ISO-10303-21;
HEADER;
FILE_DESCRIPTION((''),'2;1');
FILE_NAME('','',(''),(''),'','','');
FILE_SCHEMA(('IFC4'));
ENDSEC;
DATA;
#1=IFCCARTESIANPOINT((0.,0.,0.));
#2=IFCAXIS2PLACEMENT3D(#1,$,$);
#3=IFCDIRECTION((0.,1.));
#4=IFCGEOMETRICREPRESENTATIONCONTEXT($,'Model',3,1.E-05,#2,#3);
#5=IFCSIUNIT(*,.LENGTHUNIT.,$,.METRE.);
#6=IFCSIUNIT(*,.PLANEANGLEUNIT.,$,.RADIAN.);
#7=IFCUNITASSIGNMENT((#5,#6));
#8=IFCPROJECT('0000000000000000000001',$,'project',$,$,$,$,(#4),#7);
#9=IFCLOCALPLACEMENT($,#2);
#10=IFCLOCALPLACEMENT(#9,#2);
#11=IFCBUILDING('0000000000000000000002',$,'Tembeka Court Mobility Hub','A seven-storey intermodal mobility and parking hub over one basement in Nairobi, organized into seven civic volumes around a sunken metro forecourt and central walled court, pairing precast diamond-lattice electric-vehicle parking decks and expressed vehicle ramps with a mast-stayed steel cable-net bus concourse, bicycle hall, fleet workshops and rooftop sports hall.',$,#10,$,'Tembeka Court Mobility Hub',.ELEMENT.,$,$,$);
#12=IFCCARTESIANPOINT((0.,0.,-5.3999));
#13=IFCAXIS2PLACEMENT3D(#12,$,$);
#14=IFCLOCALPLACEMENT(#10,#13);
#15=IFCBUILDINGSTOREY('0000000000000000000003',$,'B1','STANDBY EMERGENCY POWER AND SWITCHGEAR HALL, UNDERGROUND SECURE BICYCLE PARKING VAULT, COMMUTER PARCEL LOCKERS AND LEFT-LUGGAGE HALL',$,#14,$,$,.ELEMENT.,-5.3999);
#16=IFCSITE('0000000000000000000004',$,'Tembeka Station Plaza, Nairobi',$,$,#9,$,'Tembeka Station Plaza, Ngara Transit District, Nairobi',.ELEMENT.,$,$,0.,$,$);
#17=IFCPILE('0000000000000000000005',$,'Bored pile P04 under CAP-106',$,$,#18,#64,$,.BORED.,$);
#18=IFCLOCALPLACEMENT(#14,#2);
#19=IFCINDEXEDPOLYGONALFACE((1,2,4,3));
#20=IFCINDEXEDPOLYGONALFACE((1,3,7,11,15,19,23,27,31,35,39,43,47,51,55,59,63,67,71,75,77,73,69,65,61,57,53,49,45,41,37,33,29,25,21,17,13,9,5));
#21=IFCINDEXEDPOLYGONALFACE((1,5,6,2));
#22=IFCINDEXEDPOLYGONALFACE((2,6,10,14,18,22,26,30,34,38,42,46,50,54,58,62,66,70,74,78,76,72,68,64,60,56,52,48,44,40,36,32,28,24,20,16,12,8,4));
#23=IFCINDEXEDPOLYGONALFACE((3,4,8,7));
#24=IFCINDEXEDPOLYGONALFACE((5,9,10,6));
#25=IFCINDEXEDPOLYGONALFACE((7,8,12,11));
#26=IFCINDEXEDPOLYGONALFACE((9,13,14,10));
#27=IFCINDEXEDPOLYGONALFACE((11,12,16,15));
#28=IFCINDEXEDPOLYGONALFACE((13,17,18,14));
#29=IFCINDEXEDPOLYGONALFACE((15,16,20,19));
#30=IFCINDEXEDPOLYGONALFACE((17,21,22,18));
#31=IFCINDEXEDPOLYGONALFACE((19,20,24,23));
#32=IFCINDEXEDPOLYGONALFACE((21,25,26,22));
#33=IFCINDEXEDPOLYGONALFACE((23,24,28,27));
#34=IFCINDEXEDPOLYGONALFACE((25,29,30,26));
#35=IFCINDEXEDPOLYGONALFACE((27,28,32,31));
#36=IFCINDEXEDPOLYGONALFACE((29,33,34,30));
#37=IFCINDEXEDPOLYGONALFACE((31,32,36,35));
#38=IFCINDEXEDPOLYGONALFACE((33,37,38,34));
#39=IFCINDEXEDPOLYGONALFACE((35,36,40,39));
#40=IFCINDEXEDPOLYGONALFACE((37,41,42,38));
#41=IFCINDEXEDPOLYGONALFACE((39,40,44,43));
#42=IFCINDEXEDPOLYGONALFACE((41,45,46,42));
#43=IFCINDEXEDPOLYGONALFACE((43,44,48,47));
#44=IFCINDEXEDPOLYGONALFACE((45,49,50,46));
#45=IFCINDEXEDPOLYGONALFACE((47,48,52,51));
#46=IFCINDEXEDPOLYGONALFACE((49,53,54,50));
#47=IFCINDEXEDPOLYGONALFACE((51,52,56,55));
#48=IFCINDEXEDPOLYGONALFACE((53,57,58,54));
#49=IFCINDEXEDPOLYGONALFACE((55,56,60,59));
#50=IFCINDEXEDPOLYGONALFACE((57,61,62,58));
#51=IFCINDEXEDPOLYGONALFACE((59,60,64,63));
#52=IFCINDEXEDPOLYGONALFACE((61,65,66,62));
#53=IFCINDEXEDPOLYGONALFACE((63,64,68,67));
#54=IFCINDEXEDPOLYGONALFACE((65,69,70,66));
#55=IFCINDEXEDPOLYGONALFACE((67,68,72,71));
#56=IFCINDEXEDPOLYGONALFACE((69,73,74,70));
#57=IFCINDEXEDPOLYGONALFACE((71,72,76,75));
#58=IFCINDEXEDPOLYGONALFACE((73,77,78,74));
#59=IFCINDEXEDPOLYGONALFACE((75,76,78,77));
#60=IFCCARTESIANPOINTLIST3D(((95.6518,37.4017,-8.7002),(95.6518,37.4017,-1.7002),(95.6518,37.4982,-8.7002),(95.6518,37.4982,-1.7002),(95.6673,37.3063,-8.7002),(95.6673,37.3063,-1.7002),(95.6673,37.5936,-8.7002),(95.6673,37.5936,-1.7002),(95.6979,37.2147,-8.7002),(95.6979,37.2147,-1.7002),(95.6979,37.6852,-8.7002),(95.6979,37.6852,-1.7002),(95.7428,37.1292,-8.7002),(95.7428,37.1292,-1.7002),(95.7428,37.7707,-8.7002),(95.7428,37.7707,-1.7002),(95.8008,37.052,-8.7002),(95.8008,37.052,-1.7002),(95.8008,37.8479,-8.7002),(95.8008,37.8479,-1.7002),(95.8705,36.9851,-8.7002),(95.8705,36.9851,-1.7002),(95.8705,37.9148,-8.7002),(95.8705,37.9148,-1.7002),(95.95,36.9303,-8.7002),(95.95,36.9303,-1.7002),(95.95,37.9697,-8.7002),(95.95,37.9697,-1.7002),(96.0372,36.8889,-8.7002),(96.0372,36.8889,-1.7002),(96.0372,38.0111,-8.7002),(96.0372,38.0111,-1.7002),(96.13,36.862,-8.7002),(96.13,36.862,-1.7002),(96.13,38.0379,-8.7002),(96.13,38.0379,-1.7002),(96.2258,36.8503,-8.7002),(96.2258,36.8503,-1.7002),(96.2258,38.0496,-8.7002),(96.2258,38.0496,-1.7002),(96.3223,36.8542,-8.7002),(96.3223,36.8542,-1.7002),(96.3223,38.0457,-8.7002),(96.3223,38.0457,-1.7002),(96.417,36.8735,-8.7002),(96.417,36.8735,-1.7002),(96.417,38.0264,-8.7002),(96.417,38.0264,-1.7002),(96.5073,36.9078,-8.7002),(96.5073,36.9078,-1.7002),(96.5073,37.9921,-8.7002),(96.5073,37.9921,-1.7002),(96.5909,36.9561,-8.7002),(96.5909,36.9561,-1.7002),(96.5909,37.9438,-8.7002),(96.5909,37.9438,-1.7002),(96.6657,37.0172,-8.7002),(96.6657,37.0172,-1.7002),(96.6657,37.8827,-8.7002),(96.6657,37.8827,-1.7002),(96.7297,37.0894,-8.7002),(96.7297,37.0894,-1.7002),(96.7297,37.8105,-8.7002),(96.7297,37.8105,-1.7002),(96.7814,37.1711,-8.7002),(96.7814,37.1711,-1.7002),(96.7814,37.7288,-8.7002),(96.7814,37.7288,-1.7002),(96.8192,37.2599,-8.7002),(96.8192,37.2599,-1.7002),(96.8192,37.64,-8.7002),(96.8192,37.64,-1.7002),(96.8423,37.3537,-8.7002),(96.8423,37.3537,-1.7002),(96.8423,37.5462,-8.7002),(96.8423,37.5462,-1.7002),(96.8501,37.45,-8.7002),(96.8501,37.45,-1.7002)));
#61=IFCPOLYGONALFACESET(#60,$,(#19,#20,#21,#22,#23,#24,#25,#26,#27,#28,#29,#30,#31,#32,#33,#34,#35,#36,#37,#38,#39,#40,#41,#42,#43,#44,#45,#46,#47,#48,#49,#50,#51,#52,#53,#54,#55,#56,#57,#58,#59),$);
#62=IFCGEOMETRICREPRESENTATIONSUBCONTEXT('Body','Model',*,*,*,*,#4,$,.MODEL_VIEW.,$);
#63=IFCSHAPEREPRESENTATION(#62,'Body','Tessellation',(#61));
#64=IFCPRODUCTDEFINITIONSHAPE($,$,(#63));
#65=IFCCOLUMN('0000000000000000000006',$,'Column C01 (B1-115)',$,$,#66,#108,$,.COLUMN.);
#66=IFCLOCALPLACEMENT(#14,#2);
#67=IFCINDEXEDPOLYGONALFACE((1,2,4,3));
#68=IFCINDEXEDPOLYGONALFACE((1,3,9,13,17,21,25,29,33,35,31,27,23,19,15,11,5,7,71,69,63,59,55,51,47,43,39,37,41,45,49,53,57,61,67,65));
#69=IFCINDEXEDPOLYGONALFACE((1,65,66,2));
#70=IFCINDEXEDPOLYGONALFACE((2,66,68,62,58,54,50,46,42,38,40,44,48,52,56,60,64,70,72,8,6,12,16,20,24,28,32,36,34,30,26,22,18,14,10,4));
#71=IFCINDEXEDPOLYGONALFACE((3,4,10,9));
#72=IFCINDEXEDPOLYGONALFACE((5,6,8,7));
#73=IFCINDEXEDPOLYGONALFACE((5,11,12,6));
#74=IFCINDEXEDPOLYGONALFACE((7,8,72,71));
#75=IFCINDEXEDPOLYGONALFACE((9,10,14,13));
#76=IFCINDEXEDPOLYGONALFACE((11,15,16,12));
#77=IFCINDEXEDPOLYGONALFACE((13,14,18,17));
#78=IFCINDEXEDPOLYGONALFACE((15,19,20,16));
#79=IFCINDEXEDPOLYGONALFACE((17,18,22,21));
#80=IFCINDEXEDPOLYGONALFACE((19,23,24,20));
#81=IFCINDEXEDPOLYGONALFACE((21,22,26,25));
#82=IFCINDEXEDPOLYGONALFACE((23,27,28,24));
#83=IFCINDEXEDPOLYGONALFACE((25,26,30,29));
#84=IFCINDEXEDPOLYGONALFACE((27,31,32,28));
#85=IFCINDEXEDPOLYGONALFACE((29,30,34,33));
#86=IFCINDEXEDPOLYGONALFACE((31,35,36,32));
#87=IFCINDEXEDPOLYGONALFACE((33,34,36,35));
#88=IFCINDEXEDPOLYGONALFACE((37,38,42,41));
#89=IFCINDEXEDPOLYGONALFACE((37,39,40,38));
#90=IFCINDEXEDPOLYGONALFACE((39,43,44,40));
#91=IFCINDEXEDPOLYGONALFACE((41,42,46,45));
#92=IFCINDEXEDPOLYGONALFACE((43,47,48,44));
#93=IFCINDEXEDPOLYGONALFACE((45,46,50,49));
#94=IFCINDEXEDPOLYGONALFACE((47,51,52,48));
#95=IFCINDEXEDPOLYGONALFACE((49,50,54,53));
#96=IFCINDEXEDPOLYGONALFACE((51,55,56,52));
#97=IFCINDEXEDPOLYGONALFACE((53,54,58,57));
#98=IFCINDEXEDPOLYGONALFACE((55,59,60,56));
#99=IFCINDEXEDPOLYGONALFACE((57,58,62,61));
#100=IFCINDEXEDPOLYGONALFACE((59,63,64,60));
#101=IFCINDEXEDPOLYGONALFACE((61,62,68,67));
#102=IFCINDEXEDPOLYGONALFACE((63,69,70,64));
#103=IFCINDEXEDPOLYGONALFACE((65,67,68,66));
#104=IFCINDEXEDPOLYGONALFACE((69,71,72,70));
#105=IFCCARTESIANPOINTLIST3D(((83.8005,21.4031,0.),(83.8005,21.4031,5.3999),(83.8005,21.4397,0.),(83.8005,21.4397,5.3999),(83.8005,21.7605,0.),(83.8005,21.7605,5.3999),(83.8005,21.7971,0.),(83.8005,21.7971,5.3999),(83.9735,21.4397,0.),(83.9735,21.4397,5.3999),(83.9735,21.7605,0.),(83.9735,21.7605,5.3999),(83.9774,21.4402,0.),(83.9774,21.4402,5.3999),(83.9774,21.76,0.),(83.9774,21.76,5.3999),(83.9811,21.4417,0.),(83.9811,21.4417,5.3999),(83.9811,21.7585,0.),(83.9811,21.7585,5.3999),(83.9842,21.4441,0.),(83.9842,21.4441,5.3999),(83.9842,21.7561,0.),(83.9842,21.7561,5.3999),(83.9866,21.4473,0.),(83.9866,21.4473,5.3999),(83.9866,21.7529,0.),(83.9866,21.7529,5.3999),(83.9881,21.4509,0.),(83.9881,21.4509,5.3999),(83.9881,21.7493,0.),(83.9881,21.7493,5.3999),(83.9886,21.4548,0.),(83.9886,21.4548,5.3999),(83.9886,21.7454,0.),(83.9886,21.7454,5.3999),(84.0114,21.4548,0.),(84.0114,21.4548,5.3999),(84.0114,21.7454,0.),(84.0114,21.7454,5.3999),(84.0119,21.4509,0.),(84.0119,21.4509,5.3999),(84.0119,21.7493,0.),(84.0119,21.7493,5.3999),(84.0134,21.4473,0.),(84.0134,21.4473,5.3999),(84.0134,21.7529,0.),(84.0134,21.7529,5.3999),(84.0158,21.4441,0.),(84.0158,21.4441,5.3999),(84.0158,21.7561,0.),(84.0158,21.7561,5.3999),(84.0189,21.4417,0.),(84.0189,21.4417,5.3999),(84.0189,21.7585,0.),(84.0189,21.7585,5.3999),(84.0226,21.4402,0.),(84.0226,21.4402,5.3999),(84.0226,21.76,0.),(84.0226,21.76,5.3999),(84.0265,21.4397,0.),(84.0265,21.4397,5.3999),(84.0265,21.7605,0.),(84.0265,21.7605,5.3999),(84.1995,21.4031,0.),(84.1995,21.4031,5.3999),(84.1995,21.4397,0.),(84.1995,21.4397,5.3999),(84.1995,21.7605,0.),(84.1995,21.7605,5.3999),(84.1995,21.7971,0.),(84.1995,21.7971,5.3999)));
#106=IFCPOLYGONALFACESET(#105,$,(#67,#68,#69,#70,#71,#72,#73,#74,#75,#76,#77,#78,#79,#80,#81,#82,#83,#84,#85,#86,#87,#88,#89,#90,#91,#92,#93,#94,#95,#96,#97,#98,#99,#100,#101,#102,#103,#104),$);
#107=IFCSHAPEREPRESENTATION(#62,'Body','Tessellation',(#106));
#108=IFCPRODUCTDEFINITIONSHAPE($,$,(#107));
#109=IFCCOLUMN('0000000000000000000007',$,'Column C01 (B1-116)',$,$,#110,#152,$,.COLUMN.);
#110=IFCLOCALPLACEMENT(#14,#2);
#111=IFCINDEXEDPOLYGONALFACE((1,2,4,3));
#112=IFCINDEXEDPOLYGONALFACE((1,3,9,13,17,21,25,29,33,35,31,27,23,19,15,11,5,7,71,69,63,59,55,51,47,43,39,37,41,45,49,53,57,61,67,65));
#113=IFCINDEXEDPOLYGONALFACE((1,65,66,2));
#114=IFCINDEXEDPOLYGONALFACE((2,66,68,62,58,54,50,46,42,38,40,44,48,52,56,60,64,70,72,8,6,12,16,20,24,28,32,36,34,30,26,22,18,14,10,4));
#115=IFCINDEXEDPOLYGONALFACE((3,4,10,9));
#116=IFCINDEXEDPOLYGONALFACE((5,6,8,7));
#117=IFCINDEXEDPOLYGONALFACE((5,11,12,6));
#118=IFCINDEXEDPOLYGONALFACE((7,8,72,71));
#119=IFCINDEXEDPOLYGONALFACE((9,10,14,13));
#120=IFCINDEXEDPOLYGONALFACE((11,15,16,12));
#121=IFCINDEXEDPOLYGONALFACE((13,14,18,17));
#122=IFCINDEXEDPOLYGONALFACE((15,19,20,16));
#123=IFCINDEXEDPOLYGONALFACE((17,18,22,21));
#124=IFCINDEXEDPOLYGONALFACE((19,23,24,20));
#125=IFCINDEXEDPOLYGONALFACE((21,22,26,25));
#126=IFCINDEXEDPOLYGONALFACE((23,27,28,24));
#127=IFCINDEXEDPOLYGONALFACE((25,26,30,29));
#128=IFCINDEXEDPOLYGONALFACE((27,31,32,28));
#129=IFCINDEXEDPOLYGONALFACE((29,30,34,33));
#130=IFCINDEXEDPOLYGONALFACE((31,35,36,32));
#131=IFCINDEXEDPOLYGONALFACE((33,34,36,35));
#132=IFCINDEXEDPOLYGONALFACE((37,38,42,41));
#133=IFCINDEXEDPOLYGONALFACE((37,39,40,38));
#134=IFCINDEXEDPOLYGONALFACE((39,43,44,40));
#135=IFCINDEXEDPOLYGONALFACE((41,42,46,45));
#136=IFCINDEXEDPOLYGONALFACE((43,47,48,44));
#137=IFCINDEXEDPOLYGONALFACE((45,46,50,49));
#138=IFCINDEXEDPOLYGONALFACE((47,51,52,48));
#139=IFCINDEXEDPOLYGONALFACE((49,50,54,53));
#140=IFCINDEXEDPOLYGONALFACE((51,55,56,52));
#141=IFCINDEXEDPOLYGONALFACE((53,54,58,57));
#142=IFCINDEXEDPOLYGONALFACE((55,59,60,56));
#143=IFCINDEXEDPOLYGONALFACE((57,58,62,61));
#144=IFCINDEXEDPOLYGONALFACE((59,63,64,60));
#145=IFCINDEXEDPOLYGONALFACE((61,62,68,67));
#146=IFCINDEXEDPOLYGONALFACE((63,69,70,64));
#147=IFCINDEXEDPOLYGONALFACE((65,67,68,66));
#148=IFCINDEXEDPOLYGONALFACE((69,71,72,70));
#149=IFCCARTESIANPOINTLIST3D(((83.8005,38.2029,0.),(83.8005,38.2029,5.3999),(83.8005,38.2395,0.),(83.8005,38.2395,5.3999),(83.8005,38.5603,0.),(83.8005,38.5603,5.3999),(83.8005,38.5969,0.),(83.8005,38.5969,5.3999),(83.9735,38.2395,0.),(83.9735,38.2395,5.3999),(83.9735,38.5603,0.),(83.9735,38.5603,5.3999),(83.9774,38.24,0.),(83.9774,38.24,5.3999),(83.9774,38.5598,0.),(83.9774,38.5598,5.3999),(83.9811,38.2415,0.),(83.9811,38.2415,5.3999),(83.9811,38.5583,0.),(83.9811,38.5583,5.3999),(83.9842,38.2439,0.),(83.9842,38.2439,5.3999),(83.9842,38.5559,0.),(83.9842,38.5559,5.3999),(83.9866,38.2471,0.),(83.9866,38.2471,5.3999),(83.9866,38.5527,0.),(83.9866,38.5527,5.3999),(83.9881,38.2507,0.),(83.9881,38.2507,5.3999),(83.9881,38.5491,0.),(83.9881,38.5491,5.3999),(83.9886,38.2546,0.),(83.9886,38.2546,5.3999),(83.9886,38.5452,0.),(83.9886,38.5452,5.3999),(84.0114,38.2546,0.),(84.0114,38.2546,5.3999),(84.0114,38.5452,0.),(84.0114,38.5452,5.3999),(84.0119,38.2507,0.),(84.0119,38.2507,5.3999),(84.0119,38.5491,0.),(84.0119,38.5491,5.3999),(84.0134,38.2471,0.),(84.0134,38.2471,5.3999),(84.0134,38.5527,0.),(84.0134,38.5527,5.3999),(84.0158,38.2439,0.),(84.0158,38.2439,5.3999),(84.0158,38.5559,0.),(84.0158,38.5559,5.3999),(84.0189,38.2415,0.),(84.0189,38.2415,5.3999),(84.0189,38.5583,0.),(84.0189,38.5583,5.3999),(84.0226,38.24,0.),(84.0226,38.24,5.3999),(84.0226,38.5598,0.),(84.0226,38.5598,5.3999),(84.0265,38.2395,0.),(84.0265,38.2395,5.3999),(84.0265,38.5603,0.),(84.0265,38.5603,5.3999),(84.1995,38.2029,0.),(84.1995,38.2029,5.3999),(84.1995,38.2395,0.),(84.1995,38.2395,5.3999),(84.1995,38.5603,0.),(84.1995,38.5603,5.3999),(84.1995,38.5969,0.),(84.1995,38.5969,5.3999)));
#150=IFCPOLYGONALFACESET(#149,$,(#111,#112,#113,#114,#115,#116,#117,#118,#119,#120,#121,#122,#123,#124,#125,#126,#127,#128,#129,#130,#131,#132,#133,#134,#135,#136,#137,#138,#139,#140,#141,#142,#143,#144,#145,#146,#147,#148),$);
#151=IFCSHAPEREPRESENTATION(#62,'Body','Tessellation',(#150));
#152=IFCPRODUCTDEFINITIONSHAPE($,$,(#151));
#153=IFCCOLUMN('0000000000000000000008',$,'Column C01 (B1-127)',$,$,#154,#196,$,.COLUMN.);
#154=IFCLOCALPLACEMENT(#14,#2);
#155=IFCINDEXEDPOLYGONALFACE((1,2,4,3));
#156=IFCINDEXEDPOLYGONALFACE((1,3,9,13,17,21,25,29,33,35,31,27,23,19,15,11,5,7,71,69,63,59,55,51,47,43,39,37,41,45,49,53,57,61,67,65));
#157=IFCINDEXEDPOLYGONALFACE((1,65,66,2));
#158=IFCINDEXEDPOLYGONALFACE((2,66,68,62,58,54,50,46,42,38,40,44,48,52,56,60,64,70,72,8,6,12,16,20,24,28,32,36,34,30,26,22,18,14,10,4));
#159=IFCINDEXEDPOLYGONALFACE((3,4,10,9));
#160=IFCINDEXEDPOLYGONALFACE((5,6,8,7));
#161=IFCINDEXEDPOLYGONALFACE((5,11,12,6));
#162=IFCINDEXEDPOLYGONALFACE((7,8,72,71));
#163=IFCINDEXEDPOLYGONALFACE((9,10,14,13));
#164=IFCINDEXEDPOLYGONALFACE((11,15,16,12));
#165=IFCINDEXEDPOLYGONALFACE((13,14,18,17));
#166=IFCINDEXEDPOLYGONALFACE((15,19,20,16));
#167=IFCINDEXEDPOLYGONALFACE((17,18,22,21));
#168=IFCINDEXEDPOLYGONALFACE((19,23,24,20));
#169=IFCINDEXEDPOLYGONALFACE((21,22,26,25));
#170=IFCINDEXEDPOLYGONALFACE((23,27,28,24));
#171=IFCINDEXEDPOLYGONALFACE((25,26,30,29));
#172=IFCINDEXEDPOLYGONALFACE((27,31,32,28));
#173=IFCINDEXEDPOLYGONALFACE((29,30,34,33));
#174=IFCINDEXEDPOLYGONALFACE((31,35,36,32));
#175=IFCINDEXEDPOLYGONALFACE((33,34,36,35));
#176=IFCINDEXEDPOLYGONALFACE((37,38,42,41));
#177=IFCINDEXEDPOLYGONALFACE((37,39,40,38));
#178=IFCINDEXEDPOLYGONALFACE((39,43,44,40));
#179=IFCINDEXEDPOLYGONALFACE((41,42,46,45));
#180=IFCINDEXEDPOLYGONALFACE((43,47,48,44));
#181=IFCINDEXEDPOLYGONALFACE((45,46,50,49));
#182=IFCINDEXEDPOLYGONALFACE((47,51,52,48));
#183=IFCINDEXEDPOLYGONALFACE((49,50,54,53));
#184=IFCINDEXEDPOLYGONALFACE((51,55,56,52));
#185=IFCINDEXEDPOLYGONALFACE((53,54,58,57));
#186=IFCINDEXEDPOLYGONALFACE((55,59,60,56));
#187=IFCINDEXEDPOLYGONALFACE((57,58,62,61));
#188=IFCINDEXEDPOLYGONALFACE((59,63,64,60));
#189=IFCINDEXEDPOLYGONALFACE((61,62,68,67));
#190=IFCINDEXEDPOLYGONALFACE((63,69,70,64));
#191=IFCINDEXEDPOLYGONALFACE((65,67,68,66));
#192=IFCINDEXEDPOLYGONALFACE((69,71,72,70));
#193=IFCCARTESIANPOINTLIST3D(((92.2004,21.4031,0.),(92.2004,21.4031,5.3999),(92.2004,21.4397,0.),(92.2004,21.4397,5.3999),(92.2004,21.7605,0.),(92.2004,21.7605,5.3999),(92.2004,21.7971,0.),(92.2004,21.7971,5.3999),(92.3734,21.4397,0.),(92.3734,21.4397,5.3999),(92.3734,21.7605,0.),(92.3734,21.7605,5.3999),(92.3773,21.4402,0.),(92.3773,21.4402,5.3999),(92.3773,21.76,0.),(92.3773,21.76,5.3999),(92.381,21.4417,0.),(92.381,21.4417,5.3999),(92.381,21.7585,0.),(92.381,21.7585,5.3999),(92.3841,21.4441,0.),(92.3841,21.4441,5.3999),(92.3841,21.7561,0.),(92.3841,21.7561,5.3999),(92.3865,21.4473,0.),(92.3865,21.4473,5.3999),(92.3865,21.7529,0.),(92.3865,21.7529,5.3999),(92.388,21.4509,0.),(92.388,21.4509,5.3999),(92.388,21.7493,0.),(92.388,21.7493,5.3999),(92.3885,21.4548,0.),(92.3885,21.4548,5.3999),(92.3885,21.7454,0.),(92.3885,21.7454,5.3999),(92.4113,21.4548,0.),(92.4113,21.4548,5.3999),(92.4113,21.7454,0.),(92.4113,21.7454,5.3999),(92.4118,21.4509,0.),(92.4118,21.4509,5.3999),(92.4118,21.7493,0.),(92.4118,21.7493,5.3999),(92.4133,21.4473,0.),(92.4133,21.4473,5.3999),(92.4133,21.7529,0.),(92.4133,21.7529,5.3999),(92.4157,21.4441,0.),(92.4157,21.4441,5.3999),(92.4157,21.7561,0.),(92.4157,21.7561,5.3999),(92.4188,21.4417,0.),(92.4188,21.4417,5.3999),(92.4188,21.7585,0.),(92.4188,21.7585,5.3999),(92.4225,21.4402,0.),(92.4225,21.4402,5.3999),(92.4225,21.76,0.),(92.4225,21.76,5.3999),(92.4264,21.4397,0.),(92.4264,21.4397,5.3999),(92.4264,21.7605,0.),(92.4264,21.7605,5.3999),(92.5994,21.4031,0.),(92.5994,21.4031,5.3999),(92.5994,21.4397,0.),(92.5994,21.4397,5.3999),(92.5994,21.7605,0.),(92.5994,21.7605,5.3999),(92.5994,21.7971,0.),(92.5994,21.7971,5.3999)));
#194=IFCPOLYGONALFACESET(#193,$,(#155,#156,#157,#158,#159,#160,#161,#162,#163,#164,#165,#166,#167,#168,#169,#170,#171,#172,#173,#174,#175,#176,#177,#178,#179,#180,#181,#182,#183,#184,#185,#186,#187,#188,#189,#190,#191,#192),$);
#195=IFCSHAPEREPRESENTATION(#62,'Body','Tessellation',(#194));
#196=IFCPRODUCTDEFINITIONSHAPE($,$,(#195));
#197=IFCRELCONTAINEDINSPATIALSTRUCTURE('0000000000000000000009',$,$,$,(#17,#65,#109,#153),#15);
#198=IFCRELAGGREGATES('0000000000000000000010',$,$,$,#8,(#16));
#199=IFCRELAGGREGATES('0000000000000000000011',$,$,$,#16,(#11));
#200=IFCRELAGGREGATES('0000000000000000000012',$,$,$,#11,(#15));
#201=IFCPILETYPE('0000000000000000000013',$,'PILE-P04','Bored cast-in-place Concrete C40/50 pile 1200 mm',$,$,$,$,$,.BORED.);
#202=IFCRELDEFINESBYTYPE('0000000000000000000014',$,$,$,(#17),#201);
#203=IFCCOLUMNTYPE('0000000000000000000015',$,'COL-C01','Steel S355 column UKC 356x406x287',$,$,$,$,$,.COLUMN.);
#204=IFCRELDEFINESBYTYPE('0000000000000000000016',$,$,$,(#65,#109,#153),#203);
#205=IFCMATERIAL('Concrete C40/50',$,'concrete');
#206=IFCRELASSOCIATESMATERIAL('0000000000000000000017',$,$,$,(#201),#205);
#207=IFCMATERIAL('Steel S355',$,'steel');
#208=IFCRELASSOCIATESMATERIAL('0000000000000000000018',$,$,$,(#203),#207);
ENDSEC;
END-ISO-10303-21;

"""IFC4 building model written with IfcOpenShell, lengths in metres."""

from ifc_helpers import new_model, si_unit, direction, frame, origin, origin_2d, place, context, subcontext, project, spatial, circle, i_section, extrude, material, material_profile, profile_set, type_object, element, save


model = new_model("IFC4")

# Units and contexts
model_context = context("Model", 3, precision=1e-05, world=origin(), true_north=direction((0.0, 1.0)))
body_context = subcontext(model_context, "Body", "Model", "MODEL_VIEW")
ifc_project = project(units=[si_unit("LENGTHUNIT", "METRE"), si_unit("PLANEANGLEUNIT", "RADIAN")], contexts=[model_context])

# Site, building, storey
site_placement = place(None, origin())
site = spatial("IfcSite", under=ifc_project, at=site_placement, Name="Tembeka Station Plaza, Nairobi", LongName="Tembeka Station Plaza, Ngara Transit District, Nairobi", CompositionType="ELEMENT", RefElevation=0.0)
building_placement = place(site_placement, origin())
building = spatial("IfcBuilding", under=site, at=building_placement, Name="Tembeka Court Mobility Hub", Description="A seven-storey intermodal mobility and parking hub over one basement in Nairobi, organized into seven civic volumes around a sunken metro forecourt and central walled court, pairing precast diamond-lattice electric-vehicle parking decks and expressed vehicle ramps with a mast-stayed steel cable-net bus concourse, bicycle hall, fleet workshops and rooftop sports hall.", LongName="Tembeka Court Mobility Hub", CompositionType="ELEMENT")
storey_placement = place(building_placement, frame((0.0, 0.0, -5.3999)))
storey = spatial("IfcBuildingStorey", under=building, at=storey_placement, Name="B1", Description="STANDBY EMERGENCY POWER AND SWITCHGEAR HALL, UNDERGROUND SECURE BICYCLE PARKING VAULT, COMMUTER PARCEL LOCKERS AND LEFT-LUGGAGE HALL", CompositionType="ELEMENT", Elevation=-5.3999)

# Shared definitions
ifc_material_1 = material(Name="Concrete C40/50", Category="concrete")

# Pile
ifc_material_profile_1 = material_profile(ifc_material_1, circle(Radius=0.6001, at=origin_2d()), Name="PILE D1200")
ifc_profile_set_1 = profile_set([ifc_material_profile_1], Name="Concrete C40/50")
pile_type_1 = type_object("IfcPileType", Name="PILE-P04", Description="Bored cast-in-place Concrete C40/50 pile 1200 mm", PredefinedType="BORED", material=ifc_profile_set_1)
for number, where, z_axis, x_axis, name in (
    (1, (96.25, 37.45, -1.7002), (0.0, 0.0, -1.0), (1.0, 0.0, 0.0), "Bored pile P04 under CAP-106"),
):
    element("IfcPile", number, at=place(storey_placement, frame(where, z_axis=z_axis, x_axis=x_axis)), inside=storey, type_object=pile_type_1, Name=name, PredefinedType="BORED", context=body_context, shape_type="SweptSolid", body=[
        extrude(circle(Radius=0.6001, at=origin_2d()), origin(), (0.0, 0.0, 1.0), 7.0),
    ])

# Columns
ifc_material_2 = material(Name="Steel S355", Category="steel")
ifc_material_profile_2 = material_profile(ifc_material_2, i_section(OverallWidth=0.3989, OverallDepth=0.394, WebThickness=0.0227, FlangeThickness=0.0366, FilletRadius=0.0151, at=origin_2d()), Name="UKC 356x406x287")
ifc_profile_set_2 = profile_set([ifc_material_profile_2], Name="Steel S355")
column_type_1 = type_object("IfcColumnType", Name="COL-C01", Description="Steel S355 column UKC 356x406x287", PredefinedType="COLUMN", material=ifc_profile_set_2)
for number, where, z_axis, x_axis, name in (
    (2, (84.0, 21.6001, 0.0), (0.0, 0.0, 1.0), (1.0, 0.0, 0.0), "Column C01 (B1-115)"),
    (3, (84.0, 38.3999, 0.0), (0.0, 0.0, 1.0), (1.0, 0.0, 0.0), "Column C01 (B1-116)"),
    (4, (92.3999, 21.6001, 0.0), (0.0, 0.0, 1.0), (1.0, 0.0, 0.0), "Column C01 (B1-127)"),
):
    element("IfcColumn", number, at=place(storey_placement, frame(where, z_axis=z_axis, x_axis=x_axis)), inside=storey, type_object=column_type_1, Name=name, PredefinedType="COLUMN", context=body_context, shape_type="SweptSolid", body=[
        extrude(i_section(OverallWidth=0.3989, OverallDepth=0.394, WebThickness=0.0227, FlangeThickness=0.0366, FilletRadius=0.0151, at=origin_2d()), origin(), (0.0, 0.0, 1.0), 5.3999),
    ])

save(model, "model.ifc")
